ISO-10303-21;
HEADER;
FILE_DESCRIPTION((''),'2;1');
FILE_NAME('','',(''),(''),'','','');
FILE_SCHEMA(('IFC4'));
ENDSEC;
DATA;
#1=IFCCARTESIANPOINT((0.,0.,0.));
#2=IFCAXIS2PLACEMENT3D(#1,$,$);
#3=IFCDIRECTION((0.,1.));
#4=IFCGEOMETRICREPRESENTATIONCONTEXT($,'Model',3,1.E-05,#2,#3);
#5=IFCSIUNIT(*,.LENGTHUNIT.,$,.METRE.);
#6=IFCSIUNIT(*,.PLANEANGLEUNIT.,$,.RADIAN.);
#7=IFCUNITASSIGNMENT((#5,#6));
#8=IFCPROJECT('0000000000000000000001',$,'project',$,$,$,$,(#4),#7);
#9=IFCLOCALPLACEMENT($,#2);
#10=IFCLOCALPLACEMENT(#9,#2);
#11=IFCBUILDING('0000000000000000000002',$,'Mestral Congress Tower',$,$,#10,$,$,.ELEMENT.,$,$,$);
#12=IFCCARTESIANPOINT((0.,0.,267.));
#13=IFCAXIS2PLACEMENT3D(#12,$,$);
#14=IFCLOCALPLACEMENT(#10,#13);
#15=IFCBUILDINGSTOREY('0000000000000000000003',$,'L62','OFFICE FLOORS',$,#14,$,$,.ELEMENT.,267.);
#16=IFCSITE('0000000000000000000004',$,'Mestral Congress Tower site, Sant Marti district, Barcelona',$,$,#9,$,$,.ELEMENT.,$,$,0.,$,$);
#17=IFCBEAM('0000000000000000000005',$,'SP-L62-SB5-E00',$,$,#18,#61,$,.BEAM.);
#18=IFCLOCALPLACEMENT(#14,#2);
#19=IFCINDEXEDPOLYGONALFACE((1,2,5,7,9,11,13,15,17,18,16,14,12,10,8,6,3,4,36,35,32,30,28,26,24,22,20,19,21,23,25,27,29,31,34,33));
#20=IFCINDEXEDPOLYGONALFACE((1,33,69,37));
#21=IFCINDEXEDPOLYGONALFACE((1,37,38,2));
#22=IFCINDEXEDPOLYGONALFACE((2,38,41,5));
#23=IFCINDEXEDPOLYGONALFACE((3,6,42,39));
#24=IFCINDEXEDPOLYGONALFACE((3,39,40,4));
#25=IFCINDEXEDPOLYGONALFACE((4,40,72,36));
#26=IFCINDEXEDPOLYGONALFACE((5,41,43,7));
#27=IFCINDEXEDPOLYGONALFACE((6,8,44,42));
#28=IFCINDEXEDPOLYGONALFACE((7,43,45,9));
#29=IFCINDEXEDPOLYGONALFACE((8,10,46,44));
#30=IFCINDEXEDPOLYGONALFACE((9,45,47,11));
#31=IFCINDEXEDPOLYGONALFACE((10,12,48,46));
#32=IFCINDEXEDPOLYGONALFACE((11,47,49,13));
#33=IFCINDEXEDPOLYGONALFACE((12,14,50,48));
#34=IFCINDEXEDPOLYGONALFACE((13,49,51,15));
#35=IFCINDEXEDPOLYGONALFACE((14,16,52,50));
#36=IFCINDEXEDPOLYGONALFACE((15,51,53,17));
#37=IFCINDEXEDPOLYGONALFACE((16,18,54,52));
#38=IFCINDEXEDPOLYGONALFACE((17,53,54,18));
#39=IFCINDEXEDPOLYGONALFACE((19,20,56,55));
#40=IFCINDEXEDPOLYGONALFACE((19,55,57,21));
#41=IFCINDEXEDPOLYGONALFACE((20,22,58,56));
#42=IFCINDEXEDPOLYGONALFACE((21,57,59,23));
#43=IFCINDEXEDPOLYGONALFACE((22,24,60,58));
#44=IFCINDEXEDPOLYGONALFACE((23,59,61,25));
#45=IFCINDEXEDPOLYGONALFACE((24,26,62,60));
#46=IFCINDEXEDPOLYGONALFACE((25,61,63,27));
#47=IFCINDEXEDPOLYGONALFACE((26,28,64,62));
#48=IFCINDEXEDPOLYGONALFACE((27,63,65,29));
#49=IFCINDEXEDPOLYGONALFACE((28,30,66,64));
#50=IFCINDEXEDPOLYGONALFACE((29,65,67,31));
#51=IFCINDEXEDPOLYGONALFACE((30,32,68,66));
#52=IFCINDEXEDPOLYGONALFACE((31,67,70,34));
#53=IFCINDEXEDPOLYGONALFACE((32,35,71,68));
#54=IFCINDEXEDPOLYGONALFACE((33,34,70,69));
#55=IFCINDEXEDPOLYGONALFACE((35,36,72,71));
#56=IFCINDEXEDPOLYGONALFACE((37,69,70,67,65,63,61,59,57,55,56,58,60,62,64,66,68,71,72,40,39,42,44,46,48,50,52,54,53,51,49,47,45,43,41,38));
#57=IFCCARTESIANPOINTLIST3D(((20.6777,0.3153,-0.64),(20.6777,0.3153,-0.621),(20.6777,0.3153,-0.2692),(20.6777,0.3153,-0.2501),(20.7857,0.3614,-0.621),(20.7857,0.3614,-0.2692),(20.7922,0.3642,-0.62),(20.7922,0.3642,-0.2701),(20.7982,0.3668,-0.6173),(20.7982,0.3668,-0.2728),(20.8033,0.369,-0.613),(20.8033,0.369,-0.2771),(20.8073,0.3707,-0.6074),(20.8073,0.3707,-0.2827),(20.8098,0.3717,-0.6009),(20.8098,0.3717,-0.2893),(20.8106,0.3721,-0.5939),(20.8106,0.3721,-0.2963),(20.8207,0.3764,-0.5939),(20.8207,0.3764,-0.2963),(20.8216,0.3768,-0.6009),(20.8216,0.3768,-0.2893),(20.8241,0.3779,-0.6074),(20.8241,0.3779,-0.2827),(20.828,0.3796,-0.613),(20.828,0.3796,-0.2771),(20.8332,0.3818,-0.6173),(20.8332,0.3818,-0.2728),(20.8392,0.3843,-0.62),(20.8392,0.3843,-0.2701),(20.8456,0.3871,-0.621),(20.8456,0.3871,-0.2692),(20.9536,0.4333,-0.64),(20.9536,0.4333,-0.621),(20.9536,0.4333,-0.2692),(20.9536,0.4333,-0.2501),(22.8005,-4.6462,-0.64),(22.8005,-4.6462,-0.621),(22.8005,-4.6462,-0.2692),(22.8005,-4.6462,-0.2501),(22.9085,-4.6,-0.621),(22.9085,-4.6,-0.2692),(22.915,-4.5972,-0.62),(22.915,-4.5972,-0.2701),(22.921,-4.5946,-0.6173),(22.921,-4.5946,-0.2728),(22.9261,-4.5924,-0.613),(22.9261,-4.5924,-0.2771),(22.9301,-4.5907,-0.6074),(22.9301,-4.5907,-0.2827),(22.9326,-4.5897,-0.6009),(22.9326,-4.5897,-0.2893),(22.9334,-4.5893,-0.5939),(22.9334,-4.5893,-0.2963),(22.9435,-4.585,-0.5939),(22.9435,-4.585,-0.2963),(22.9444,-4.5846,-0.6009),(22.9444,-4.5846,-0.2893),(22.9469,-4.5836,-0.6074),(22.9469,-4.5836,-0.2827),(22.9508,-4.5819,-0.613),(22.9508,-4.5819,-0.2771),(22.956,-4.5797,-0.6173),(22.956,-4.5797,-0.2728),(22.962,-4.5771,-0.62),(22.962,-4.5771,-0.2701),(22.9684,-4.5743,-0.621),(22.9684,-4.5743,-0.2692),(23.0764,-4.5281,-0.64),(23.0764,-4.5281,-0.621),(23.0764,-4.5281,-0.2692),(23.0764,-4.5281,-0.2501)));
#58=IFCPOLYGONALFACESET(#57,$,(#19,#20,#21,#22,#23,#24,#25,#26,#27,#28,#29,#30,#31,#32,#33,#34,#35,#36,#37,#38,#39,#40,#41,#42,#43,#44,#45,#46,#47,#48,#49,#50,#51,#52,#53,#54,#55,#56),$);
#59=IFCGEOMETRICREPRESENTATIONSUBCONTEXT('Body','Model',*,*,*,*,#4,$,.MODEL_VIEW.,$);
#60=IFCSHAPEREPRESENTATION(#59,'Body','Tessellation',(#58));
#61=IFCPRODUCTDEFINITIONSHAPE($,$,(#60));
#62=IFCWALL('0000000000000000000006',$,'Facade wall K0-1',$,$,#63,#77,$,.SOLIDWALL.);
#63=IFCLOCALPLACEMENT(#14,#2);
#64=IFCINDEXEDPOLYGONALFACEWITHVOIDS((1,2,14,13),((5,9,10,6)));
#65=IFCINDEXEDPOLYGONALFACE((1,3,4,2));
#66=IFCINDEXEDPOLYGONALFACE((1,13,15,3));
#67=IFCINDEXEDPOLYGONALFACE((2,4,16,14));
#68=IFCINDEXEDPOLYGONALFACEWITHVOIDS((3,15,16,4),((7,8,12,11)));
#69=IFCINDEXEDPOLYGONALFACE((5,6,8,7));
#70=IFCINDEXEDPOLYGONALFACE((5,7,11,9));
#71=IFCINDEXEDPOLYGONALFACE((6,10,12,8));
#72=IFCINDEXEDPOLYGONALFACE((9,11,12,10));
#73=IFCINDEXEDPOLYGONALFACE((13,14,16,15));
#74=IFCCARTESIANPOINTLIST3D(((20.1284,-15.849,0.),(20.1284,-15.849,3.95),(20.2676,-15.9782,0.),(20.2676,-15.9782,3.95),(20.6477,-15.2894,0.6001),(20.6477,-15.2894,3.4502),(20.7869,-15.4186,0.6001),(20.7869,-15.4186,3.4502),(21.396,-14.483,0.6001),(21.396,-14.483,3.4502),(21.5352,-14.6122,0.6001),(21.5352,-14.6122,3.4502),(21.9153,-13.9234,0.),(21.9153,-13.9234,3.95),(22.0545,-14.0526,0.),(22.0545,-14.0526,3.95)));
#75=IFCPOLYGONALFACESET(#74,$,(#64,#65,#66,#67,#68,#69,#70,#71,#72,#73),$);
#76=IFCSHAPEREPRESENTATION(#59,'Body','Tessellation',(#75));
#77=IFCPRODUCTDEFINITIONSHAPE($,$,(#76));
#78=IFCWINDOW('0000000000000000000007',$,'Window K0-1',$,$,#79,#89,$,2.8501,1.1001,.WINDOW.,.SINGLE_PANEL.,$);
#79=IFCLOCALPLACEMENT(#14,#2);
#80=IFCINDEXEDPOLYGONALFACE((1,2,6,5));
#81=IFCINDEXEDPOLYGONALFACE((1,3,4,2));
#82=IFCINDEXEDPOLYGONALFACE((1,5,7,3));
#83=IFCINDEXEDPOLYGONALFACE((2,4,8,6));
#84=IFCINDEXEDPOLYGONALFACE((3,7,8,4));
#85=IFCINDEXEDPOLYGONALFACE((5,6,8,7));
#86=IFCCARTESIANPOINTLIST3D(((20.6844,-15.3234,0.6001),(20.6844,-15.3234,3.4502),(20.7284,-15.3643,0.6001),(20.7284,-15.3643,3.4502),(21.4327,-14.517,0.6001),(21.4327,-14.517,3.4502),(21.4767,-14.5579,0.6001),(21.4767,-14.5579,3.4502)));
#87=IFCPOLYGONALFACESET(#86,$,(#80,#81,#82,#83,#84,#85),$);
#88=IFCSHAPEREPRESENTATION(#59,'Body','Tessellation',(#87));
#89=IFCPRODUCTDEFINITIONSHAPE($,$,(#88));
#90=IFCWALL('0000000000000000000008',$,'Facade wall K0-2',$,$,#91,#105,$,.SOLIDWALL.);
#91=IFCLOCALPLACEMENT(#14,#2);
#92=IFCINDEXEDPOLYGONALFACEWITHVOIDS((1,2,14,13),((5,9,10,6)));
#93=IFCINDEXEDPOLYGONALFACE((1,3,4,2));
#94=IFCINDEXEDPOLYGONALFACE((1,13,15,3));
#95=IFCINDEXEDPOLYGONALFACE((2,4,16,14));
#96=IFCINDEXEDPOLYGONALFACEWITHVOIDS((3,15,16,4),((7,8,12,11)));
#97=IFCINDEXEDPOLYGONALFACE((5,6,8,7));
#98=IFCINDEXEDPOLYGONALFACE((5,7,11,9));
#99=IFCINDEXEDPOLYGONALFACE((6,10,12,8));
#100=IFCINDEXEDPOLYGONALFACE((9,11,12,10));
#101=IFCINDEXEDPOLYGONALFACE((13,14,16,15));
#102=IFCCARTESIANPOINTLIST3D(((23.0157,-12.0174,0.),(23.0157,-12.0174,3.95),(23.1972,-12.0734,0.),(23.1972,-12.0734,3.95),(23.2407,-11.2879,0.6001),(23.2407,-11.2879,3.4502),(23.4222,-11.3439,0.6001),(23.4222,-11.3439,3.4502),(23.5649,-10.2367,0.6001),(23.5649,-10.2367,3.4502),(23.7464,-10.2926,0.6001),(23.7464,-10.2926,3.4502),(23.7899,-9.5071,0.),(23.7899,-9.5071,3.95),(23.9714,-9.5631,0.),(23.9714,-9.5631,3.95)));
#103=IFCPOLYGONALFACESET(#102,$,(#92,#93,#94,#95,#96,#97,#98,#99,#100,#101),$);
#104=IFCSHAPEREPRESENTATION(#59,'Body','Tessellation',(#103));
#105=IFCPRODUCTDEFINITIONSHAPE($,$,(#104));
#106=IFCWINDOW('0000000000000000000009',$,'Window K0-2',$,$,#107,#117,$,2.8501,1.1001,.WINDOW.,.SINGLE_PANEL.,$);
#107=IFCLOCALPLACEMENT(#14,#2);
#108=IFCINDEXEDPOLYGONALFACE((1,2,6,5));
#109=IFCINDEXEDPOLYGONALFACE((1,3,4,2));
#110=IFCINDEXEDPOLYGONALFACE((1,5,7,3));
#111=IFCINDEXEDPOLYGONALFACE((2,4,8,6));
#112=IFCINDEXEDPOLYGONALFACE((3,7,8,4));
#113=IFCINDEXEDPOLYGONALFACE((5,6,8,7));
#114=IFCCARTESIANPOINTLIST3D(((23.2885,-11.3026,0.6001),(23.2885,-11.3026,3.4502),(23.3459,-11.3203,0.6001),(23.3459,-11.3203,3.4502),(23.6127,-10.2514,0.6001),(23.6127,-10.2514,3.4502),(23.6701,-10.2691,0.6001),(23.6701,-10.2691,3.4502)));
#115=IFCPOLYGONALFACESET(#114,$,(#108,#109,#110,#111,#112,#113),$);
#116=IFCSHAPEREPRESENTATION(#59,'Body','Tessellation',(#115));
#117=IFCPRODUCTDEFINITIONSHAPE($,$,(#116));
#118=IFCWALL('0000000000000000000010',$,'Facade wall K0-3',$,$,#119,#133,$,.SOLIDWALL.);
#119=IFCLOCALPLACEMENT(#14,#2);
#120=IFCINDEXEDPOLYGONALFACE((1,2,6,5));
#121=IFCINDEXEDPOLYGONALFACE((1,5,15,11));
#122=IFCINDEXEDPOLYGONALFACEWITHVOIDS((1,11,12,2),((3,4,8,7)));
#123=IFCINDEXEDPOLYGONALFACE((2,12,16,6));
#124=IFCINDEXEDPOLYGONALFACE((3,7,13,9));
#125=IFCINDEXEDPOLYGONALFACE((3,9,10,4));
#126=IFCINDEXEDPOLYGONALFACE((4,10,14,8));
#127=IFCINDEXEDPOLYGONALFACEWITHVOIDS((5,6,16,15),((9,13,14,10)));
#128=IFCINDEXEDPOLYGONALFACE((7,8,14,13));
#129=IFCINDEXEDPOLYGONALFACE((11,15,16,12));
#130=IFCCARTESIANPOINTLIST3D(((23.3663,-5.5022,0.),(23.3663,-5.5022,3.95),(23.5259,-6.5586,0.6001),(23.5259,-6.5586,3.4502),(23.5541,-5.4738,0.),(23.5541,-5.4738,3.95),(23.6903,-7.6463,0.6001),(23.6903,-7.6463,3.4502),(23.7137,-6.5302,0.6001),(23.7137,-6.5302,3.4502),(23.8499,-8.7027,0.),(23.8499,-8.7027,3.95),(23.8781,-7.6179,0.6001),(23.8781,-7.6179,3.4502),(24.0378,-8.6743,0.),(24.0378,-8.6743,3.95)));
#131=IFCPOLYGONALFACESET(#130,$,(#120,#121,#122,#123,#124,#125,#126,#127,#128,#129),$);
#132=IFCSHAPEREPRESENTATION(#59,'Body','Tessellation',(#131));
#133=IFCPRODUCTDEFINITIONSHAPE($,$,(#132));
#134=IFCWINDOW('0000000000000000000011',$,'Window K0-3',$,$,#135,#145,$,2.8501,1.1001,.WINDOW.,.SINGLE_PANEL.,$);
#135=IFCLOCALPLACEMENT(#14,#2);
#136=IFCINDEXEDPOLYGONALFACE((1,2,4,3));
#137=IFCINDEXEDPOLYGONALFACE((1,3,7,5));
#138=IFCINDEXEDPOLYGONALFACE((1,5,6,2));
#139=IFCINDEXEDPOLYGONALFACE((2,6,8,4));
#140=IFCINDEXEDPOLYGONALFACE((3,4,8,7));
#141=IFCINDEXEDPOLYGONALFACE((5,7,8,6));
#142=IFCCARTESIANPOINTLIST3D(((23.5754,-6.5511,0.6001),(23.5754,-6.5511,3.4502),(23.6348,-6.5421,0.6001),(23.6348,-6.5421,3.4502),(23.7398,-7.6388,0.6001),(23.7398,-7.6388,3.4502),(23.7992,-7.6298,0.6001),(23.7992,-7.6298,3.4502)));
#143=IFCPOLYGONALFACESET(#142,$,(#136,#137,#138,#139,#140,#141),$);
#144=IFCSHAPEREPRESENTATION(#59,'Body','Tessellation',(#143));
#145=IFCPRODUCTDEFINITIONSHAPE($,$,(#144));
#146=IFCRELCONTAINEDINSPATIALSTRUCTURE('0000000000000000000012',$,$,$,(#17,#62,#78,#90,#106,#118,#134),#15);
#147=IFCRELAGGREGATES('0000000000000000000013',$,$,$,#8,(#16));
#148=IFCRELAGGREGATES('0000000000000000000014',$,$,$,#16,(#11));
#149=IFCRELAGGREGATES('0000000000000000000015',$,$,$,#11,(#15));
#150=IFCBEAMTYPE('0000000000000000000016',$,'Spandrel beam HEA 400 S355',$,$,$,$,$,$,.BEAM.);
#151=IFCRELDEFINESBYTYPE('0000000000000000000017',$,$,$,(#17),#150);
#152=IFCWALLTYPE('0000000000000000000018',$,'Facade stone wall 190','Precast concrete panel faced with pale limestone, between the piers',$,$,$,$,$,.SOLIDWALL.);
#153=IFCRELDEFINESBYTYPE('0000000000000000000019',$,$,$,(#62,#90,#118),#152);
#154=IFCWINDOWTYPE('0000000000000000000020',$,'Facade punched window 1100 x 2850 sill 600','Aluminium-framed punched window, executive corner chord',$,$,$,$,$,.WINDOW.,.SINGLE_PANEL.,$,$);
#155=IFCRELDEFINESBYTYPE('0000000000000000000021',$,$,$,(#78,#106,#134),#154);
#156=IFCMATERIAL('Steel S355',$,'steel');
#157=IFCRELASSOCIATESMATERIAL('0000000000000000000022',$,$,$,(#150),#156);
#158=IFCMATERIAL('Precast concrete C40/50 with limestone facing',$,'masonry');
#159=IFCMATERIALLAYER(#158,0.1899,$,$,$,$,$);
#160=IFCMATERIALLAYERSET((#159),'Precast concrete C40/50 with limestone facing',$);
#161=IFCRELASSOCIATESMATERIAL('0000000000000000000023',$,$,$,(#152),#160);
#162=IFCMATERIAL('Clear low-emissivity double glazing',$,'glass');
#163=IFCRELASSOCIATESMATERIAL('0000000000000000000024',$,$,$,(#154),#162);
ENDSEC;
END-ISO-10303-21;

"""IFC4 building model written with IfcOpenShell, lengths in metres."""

from ifc_helpers import new_model, si_unit, direction, frame, frame_2d, origin, origin_2d, place, context, subcontext, project, spatial, rectangle, i_section, extrude, material, layer, layer_set, material_profile, profile_set, type_object, element, fill, save


model = new_model("IFC4")

# Units and contexts
model_context = context("Model", 3, precision=1e-05, world=origin(), true_north=direction((0.0, 1.0)))
body_context = subcontext(model_context, "Body", "Model", "MODEL_VIEW")
ifc_project = project(units=[si_unit("LENGTHUNIT", "METRE"), si_unit("PLANEANGLEUNIT", "RADIAN")], contexts=[model_context])

# Site, building, storey
site_placement = place(None, origin())
site = spatial("IfcSite", under=ifc_project, at=site_placement, Name="Mestral Congress Tower site, Sant Marti district, Barcelona", CompositionType="ELEMENT", RefElevation=0.0)
building_placement = place(site_placement, origin())
building = spatial("IfcBuilding", under=site, at=building_placement, Name="Mestral Congress Tower", CompositionType="ELEMENT")
storey_placement = place(building_placement, frame((0.0, 0.0, 267.0)))
storey = spatial("IfcBuildingStorey", under=building, at=storey_placement, Name="L62", Description="OFFICE FLOORS", CompositionType="ELEMENT", Elevation=267.0)

# Beam
ifc_material_1 = material(Name="Steel S355", Category="steel")
ifc_material_profile_1 = material_profile(ifc_material_1, i_section(OverallWidth=0.3, OverallDepth=0.3899, WebThickness=0.011, FlangeThickness=0.019, FilletRadius=0.0271, at=origin_2d()), Name="HEA 400")
ifc_profile_set_1 = profile_set([ifc_material_profile_1], Name="Steel S355")
beam_type_1 = type_object("IfcBeamType", Name="Spandrel beam HEA 400 S355", PredefinedType="BEAM", material=ifc_profile_set_1)
beam_1_placement = place(storey_placement, frame((22.9385, -4.5872, -0.4451), z_axis=(-0.393368, 0.919381, 0.0), x_axis=(-0.919381, -0.393368, 0.0)))
element("IfcBeam", 1, at=beam_1_placement, inside=storey, type_object=beam_type_1, Name="SP-L62-SB5-E00", PredefinedType="BEAM", context=body_context, shape_type="SweptSolid", body=[
    extrude(i_section(OverallWidth=0.3, OverallDepth=0.3899, WebThickness=0.011, FlangeThickness=0.019, FilletRadius=0.0271, at=origin_2d()), origin(), (0.0, 0.0, 1.0), 5.3965),
])

# Walls, openings, windows
ifc_material_2 = material(Name="Precast concrete C40/50 with limestone facing", Category="masonry")
ifc_layer_1 = layer(ifc_material_2, 0.1899)
ifc_layer_set_1 = layer_set([ifc_layer_1], Name="Precast concrete C40/50 with limestone facing")
wall_type_1 = type_object("IfcWallType", Name="Facade stone wall 190", Description="Precast concrete panel faced with pale limestone, between the piers", PredefinedType="SOLIDWALL", material=ifc_layer_set_1)
wall_1_placement = place(storey_placement, frame((20.198, -15.9136, 0.0), z_axis=(0.0, 0.0, 1.0), x_axis=(0.680219, 0.733009, 0.0)))
wall_1 = element("IfcWall", 2, at=wall_1_placement, inside=storey, type_object=wall_type_1, Name="Facade wall K0-1", PredefinedType="SOLIDWALL", context=body_context, shape_type="SweptSolid", body=[
    extrude(rectangle(XDim=2.627, YDim=0.1899, at=frame_2d((1.3135, 0.0))), origin(), (0.0, 0.0, 1.0), 3.95),
])
opening_1_placement = place(wall_1_placement, frame((0.7634, 0.0, 0.6001)))
opening_1 = element("IfcOpeningElement", 3, at=opening_1_placement, cuts=wall_1, PredefinedType="OPENING", context=body_context, shape_type="SweptSolid", body=[
    extrude(rectangle(XDim=1.1001, YDim=2.8501, at=frame_2d((0.55, 1.425))), frame((0.0, 0.105, 0.0), z_axis=(0.0, -1.0, 0.0), x_axis=(1.0, 0.0, 0.0)), (0.0, 0.0, 1.0), 0.21),
])
ifc_material_3 = material(Name="Clear low-emissivity double glazing", Category="glass")
window_type_1 = type_object("IfcWindowType", Name="Facade punched window 1100 x 2850 sill 600", Description="Aluminium-framed punched window, executive corner chord", PartitioningType="SINGLE_PANEL", PredefinedType="WINDOW", material=ifc_material_3)
window_1_placement = place(opening_1_placement, origin())
window_1 = element("IfcWindow", 4, at=window_1_placement, inside=storey, type_object=window_type_1, Name="Window K0-1", OverallHeight=2.8501, OverallWidth=1.1001, PartitioningType="SINGLE_PANEL", PredefinedType="WINDOW", context=body_context, shape_type="SweptSolid", body=[
    extrude(rectangle(XDim=1.1001, YDim=2.8501, at=frame_2d((0.55, 1.425))), frame((0.0, 0.0449, 0.0), z_axis=(0.0, -1.0, 0.0), x_axis=(1.0, 0.0, 0.0)), (0.0, 0.0, 1.0), 0.0601),
])
fill(opening_1, window_1)
wall_2_placement = place(storey_placement, frame((23.1064, -12.0454, 0.0), z_axis=(0.0, 0.0, 1.0), x_axis=(0.294706, 0.955588, 0.0)))
wall_2 = element("IfcWall", 5, at=wall_2_placement, inside=storey, type_object=wall_type_1, Name="Facade wall K0-2", PredefinedType="SOLIDWALL", context=body_context, shape_type="SweptSolid", body=[
    extrude(rectangle(XDim=2.627, YDim=0.1899, at=frame_2d((1.3135, 0.0))), origin(), (0.0, 0.0, 1.0), 3.95),
])
opening_2_placement = place(wall_2_placement, frame((0.7634, 0.0, 0.6001)))
opening_2 = element("IfcOpeningElement", 6, at=opening_2_placement, cuts=wall_2, PredefinedType="OPENING", context=body_context, shape_type="SweptSolid", body=[
    extrude(rectangle(XDim=1.1001, YDim=2.8501, at=frame_2d((0.55, 1.425))), frame((0.0, 0.105, 0.0), z_axis=(0.0, -1.0, 0.0), x_axis=(1.0, 0.0, 0.0)), (0.0, 0.0, 1.0), 0.21),
])
window_2_placement = place(opening_2_placement, origin())
window_2 = element("IfcWindow", 7, at=window_2_placement, inside=storey, type_object=window_type_1, Name="Window K0-2", OverallHeight=2.8501, OverallWidth=1.1001, PartitioningType="SINGLE_PANEL", PredefinedType="WINDOW", context=body_context, shape_type="SweptSolid", body=[
    extrude(rectangle(XDim=1.1001, YDim=2.8501, at=frame_2d((0.55, 1.425))), frame((0.0, 0.0449, 0.0), z_axis=(0.0, -1.0, 0.0), x_axis=(1.0, 0.0, 0.0)), (0.0, 0.0, 1.0), 0.0601),
])
fill(opening_2, window_2)
wall_3_placement = place(storey_placement, frame((23.9438, -8.6885, 0.0), z_axis=(0.0, 0.0, 1.0), x_axis=(-0.149421, 0.988774, 0.0)))
wall_3 = element("IfcWall", 8, at=wall_3_placement, inside=storey, type_object=wall_type_1, Name="Facade wall K0-3", PredefinedType="SOLIDWALL", context=body_context, shape_type="SweptSolid", body=[
    extrude(rectangle(XDim=3.2368, YDim=0.1899, at=frame_2d((1.6184, 0.0))), origin(), (0.0, 0.0, 1.0), 3.95),
])
opening_3_placement = place(wall_3_placement, frame((1.0684, 0.0, 0.6001)))
opening_3 = element("IfcOpeningElement", 9, at=opening_3_placement, cuts=wall_3, PredefinedType="OPENING", context=body_context, shape_type="SweptSolid", body=[
    extrude(rectangle(XDim=1.1001, YDim=2.8501, at=frame_2d((0.55, 1.425))), frame((0.0, 0.105, 0.0), z_axis=(0.0, -1.0, 0.0), x_axis=(1.0, 0.0, 0.0)), (0.0, 0.0, 1.0), 0.21),
])
window_3_placement = place(opening_3_placement, origin())
window_3 = element("IfcWindow", 10, at=window_3_placement, inside=storey, type_object=window_type_1, Name="Window K0-3", OverallHeight=2.8501, OverallWidth=1.1001, PartitioningType="SINGLE_PANEL", PredefinedType="WINDOW", context=body_context, shape_type="SweptSolid", body=[
    extrude(rectangle(XDim=1.1001, YDim=2.8501, at=frame_2d((0.55, 1.425))), frame((0.0, 0.0449, 0.0), z_axis=(0.0, -1.0, 0.0), x_axis=(1.0, 0.0, 0.0)), (0.0, 0.0, 1.0), 0.0601),
])
fill(opening_3, window_3)

save(model, "model.ifc")
